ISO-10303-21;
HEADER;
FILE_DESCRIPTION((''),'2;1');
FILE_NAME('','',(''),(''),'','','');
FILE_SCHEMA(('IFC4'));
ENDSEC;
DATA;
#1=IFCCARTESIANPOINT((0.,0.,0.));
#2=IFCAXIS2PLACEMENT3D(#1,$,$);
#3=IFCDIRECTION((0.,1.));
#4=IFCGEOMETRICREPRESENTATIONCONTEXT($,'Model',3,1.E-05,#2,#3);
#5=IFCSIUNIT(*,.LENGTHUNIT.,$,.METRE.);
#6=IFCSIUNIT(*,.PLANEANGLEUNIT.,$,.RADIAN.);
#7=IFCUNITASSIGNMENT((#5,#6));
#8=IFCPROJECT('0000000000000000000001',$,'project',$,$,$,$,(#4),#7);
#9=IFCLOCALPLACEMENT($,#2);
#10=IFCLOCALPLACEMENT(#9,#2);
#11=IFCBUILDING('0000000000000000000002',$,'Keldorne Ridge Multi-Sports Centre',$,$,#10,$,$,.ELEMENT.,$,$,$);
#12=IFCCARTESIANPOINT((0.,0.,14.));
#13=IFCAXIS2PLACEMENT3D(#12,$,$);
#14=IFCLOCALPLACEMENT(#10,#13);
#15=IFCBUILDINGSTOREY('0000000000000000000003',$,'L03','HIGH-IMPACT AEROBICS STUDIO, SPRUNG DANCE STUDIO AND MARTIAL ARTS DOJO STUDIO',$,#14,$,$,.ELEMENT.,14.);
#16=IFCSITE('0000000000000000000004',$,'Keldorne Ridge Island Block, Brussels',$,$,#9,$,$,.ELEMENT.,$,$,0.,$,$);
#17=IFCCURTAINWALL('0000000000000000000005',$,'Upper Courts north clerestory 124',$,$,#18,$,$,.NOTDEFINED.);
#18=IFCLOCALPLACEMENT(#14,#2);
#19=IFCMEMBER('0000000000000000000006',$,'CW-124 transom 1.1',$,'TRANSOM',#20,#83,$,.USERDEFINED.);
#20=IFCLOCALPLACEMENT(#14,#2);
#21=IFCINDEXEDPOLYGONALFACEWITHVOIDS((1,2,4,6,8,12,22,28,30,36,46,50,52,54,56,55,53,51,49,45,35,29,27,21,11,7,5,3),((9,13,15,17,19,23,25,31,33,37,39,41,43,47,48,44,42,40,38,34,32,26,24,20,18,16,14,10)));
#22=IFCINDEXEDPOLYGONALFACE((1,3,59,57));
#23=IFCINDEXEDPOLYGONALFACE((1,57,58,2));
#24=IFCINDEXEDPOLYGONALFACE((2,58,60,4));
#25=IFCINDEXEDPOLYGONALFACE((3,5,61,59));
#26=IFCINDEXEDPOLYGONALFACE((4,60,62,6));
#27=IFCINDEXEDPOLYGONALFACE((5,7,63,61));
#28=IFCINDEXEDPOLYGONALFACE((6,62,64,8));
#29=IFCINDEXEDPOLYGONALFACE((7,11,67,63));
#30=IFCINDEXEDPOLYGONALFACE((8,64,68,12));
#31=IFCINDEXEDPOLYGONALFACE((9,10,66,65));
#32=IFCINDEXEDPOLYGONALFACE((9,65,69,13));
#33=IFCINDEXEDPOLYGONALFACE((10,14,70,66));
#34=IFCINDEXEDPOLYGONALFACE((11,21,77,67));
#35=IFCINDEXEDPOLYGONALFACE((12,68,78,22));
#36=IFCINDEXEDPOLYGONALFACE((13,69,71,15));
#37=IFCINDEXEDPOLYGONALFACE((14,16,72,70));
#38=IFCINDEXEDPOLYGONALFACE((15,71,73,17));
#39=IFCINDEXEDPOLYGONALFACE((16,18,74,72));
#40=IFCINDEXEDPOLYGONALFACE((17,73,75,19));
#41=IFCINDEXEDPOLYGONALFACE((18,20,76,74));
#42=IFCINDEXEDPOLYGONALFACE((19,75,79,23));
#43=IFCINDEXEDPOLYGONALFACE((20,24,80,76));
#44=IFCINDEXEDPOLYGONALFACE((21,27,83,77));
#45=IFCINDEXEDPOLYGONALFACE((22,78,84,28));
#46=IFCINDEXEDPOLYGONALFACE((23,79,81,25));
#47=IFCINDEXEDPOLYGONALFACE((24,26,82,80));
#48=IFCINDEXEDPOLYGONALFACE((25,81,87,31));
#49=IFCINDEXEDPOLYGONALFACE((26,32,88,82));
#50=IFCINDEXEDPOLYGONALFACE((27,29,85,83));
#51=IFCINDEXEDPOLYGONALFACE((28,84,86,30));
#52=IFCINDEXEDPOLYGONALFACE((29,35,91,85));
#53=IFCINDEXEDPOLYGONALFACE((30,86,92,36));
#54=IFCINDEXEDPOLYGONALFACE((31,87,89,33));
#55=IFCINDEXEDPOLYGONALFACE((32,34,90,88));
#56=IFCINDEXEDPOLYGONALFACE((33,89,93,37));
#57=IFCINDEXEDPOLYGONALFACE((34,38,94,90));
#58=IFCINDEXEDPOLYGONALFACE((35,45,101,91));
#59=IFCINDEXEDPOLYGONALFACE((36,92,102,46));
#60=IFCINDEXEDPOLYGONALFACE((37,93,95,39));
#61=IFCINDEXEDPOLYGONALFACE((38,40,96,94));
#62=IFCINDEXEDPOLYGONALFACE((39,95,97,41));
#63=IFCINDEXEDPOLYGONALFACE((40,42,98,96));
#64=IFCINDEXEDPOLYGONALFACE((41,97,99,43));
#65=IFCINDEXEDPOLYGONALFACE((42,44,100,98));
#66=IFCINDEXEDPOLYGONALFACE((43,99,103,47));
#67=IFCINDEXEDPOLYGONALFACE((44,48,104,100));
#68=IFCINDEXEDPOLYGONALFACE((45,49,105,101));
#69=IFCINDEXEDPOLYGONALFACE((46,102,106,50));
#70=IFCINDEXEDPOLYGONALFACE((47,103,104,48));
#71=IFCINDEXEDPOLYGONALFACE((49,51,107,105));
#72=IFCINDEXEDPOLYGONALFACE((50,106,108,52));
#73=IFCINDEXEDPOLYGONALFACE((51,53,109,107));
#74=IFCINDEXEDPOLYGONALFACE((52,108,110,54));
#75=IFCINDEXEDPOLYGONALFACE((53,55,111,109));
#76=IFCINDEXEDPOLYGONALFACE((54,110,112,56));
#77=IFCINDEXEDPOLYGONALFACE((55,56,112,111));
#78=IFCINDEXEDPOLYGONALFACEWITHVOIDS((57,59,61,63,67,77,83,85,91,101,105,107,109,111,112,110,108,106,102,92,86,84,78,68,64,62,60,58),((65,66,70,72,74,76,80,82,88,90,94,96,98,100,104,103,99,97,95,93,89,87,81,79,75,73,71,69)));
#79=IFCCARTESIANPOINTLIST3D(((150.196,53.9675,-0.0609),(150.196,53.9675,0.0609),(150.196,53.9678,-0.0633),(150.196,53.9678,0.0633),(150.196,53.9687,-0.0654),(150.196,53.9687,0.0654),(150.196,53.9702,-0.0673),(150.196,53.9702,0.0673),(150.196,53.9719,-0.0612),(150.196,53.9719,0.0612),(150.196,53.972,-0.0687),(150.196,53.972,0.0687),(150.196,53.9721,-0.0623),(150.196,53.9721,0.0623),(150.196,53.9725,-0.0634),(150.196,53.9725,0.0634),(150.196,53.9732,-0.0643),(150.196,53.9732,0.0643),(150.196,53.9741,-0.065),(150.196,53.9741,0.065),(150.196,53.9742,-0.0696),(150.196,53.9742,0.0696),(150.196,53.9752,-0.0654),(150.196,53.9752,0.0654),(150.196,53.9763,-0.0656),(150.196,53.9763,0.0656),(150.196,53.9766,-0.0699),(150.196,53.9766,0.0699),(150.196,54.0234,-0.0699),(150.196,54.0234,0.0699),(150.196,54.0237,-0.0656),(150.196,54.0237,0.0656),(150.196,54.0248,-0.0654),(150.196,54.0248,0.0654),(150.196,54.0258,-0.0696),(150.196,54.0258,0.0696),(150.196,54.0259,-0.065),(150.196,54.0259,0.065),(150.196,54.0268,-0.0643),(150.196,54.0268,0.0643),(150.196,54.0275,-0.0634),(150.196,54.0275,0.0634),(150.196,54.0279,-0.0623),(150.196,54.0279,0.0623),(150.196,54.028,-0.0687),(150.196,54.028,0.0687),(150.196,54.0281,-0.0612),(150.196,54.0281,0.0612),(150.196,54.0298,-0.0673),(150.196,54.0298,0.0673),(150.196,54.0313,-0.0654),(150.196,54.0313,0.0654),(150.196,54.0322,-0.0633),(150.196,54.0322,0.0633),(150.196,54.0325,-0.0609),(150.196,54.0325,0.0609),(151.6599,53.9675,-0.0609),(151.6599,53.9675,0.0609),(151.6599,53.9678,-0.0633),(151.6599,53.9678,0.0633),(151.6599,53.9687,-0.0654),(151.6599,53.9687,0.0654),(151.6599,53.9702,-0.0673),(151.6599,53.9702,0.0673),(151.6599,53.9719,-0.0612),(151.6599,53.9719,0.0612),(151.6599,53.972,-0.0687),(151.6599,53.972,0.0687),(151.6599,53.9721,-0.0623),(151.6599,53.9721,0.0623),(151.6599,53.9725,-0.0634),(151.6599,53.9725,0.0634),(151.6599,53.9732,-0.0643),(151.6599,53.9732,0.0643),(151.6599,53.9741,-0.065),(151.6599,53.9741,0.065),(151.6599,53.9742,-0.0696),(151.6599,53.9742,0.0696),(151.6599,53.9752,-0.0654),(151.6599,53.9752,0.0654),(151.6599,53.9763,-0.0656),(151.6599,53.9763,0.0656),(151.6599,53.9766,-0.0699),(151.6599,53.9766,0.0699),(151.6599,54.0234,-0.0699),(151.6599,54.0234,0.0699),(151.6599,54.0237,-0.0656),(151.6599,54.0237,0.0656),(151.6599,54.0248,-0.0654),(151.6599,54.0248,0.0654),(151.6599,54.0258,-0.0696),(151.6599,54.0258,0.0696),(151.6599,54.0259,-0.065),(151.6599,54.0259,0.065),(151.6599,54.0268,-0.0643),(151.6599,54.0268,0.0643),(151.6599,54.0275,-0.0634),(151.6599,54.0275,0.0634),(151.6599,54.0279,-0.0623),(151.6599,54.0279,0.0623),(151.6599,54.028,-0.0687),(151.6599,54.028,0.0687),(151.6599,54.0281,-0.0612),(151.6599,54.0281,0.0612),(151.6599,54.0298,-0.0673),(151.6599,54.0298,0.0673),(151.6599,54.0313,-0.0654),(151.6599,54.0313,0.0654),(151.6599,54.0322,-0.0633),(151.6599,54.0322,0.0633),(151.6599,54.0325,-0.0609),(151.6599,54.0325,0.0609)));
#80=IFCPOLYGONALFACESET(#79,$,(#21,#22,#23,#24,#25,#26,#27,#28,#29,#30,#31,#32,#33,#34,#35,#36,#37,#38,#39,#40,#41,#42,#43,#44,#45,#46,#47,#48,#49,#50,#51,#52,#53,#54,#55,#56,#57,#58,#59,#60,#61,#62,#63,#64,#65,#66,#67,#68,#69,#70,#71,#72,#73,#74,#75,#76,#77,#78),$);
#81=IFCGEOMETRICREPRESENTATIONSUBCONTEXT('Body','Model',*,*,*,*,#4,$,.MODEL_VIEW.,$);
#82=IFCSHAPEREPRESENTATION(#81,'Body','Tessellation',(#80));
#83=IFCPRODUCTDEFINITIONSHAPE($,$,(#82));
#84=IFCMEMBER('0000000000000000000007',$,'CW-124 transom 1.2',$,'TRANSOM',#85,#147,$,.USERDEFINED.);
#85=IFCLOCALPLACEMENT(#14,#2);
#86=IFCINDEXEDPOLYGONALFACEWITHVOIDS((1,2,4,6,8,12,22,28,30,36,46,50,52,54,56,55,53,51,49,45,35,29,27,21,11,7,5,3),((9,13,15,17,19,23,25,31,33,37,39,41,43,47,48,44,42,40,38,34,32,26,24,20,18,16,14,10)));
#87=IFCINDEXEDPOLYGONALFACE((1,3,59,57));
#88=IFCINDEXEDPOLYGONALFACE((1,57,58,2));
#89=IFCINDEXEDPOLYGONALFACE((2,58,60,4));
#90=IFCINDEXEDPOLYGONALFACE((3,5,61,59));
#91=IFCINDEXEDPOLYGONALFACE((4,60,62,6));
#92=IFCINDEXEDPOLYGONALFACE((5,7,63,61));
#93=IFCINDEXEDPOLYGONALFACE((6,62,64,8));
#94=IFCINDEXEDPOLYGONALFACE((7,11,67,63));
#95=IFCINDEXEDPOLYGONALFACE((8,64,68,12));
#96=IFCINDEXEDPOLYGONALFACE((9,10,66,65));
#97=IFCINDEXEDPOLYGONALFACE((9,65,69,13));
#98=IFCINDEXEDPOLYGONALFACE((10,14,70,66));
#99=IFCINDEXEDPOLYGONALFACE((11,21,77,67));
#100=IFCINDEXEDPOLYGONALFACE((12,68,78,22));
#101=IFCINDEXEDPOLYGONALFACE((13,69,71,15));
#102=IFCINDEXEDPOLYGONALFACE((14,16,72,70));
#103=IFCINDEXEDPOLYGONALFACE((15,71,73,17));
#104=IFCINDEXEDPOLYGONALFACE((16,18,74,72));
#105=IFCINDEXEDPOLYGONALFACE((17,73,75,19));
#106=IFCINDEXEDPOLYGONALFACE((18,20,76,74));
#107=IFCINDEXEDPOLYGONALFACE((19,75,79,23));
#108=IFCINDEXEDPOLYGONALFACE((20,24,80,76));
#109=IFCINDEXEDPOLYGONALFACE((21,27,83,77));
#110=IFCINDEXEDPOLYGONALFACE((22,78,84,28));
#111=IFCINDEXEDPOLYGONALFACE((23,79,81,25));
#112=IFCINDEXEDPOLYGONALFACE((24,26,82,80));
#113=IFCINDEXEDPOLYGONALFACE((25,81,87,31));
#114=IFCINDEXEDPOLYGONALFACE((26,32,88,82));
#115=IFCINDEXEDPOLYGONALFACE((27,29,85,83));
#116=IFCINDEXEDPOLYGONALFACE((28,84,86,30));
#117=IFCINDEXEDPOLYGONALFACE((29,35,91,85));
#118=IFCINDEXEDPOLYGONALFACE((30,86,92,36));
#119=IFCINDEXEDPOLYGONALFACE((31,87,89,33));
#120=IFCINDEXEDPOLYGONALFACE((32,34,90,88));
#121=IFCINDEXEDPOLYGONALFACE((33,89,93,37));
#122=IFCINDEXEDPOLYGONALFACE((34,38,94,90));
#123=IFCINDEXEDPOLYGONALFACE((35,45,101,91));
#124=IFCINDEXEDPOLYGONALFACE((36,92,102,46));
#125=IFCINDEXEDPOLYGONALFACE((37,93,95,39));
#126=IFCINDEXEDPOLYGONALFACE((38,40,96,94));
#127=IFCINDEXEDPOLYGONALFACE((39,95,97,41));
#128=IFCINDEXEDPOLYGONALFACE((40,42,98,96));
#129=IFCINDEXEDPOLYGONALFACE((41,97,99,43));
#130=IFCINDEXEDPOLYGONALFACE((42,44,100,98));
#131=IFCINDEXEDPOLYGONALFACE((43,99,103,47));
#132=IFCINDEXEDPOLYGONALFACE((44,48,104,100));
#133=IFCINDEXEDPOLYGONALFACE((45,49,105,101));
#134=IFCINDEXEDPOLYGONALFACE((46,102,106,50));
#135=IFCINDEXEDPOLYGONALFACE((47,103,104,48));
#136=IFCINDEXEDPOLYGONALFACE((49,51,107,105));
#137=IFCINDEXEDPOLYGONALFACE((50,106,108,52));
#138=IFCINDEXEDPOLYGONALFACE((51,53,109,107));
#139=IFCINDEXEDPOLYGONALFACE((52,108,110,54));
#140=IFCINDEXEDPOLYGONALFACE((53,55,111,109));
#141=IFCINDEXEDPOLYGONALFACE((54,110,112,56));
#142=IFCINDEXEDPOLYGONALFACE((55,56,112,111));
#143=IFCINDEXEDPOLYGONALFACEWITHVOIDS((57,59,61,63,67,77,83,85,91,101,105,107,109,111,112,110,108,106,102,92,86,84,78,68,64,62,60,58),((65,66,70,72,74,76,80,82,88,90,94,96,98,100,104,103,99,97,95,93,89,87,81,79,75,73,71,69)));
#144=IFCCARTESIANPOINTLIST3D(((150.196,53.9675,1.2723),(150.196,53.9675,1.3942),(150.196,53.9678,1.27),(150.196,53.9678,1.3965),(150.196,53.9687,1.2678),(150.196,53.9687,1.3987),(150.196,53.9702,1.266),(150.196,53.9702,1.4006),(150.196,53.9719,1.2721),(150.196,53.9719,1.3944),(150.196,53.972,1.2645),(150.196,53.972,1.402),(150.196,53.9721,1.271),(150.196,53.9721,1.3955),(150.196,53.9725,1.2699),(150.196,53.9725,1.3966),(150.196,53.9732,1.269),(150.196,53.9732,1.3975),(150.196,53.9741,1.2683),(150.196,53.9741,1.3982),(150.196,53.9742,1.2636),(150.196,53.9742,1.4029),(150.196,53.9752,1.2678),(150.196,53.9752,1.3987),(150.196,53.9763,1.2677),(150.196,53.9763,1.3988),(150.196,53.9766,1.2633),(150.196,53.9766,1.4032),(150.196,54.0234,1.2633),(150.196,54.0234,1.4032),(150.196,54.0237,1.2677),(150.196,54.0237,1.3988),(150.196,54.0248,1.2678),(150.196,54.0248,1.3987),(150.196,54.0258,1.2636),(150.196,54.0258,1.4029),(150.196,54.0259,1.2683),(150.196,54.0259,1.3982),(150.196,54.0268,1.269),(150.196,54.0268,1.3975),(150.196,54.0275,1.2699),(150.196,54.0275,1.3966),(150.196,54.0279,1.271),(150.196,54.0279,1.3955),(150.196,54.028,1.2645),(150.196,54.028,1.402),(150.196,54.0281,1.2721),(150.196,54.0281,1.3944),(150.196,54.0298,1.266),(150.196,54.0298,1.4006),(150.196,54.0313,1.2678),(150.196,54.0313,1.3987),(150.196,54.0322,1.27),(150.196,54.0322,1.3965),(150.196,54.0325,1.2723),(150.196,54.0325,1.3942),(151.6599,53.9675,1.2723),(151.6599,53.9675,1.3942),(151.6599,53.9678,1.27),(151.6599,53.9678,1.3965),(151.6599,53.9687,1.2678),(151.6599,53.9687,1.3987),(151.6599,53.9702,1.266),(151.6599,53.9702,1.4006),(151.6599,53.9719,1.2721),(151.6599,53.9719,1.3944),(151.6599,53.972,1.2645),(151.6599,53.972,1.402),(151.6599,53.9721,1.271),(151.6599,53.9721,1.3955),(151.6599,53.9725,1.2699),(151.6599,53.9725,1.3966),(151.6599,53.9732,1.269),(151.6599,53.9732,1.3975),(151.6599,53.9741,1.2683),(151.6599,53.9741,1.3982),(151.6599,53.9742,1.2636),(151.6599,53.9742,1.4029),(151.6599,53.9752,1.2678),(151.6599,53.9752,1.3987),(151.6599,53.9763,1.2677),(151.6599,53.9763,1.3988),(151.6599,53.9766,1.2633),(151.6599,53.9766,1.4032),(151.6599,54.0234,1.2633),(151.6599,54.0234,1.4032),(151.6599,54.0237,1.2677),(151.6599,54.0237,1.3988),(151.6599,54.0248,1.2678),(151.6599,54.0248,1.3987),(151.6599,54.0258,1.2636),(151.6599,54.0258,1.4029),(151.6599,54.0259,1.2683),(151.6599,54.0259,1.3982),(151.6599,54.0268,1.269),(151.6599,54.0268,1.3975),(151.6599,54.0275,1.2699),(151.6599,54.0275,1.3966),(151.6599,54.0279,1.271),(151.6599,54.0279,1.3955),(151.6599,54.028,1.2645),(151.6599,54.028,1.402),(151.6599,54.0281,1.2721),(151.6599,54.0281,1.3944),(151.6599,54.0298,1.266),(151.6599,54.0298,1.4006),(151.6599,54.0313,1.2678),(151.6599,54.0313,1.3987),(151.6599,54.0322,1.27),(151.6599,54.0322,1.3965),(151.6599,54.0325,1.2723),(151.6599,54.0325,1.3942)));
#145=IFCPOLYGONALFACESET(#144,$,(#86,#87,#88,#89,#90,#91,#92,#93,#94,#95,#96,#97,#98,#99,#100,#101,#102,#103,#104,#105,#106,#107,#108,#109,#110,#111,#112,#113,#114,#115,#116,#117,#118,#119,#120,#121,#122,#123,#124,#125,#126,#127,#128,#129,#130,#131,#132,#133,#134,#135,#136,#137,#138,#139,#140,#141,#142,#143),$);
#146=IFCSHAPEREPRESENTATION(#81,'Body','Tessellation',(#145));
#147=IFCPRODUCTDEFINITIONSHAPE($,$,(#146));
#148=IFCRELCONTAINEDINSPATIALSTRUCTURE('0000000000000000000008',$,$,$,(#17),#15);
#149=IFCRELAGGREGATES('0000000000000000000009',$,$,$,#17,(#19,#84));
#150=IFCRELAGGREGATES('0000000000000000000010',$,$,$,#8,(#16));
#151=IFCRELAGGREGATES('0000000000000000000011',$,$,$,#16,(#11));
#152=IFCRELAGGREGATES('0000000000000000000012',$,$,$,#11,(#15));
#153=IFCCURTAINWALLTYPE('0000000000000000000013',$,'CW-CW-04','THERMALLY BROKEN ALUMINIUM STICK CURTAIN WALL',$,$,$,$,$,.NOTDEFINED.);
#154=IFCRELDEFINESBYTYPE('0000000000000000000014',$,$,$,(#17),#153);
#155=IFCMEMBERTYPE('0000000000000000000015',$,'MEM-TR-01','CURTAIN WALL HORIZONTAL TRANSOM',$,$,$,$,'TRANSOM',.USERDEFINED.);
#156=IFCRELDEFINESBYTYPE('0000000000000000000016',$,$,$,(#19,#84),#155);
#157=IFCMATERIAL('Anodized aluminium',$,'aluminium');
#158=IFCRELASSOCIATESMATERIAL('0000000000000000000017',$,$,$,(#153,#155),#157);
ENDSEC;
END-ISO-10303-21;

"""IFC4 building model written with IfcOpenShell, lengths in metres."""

from ifc_helpers import new_model, si_unit, direction, frame, origin, origin_2d, place, context, subcontext, project, spatial, hollow_rectangle, extrude, material, material_profile, profile_set, type_object, element, aggregate, save


model = new_model("IFC4")

# Units and contexts
model_context = context("Model", 3, precision=1e-05, world=origin(), true_north=direction((0.0, 1.0)))
body_context = subcontext(model_context, "Body", "Model", "MODEL_VIEW")
ifc_project = project(units=[si_unit("LENGTHUNIT", "METRE"), si_unit("PLANEANGLEUNIT", "RADIAN")], contexts=[model_context])

# Site, building, storey
site_placement = place(None, origin())
site = spatial("IfcSite", under=ifc_project, at=site_placement, Name="Keldorne Ridge Island Block, Brussels", CompositionType="ELEMENT", RefElevation=0.0)
building_placement = place(site_placement, origin())
building = spatial("IfcBuilding", under=site, at=building_placement, Name="Keldorne Ridge Multi-Sports Centre", CompositionType="ELEMENT")
storey_placement = place(building_placement, frame((0.0, 0.0, 14.0)))
storey = spatial("IfcBuildingStorey", under=building, at=storey_placement, Name="L03", Description="HIGH-IMPACT AEROBICS STUDIO, SPRUNG DANCE STUDIO AND MARTIAL ARTS DOJO STUDIO", CompositionType="ELEMENT", Elevation=14.0)

# Curtain wall
ifc_material_1 = material(Name="Anodized aluminium", Category="aluminium")
curtain_wall_type = type_object("IfcCurtainWallType", Name="CW-CW-04", Description="THERMALLY BROKEN ALUMINIUM STICK CURTAIN WALL", PredefinedType="NOTDEFINED", material=ifc_material_1)
curtain_wall_placement = place(storey_placement, origin())
curtain_wall = element("IfcCurtainWall", 1, at=curtain_wall_placement, inside=storey, type_object=curtain_wall_type, Name="Upper Courts north clerestory 124", PredefinedType="NOTDEFINED")

# Members
ifc_material_profile_1 = material_profile(ifc_material_1, hollow_rectangle(XDim=0.0649, YDim=0.1399, WallThickness=0.0044, InnerFilletRadius=0.0044, OuterFilletRadius=0.009, at=origin_2d()), Name="ALU TRANSOM 140x65x4.5")
ifc_profile_set_1 = profile_set([ifc_material_profile_1], Name="Anodized aluminium")
member_type_1 = type_object("IfcMemberType", Name="MEM-TR-01", Description="CURTAIN WALL HORIZONTAL TRANSOM", ElementType="TRANSOM", PredefinedType="USERDEFINED", material=ifc_profile_set_1)
member_1_placement = place(storey_placement, frame((151.6599, 54.0, 0.0), z_axis=(-1.0, 0.0, 0.0), x_axis=(0.0, -1.0, 0.0)))
member_1 = element("IfcMember", 2, at=member_1_placement, type_object=member_type_1, Name="CW-124 transom 1.1", ObjectType="TRANSOM", PredefinedType="USERDEFINED", context=body_context, shape_type="SweptSolid", body=[
    extrude(hollow_rectangle(XDim=0.0649, YDim=0.1399, WallThickness=0.0044, InnerFilletRadius=0.0044, OuterFilletRadius=0.009, at=origin_2d()), origin(), (0.0, 0.0, 1.0), 1.4639),
])
member_2_placement = place(storey_placement, frame((151.6599, 54.0, 1.3333), z_axis=(-1.0, 0.0, 0.0), x_axis=(0.0, -1.0, 0.0)))
member_2 = element("IfcMember", 3, at=member_2_placement, type_object=member_type_1, Name="CW-124 transom 1.2", ObjectType="TRANSOM", PredefinedType="USERDEFINED", context=body_context, shape_type="SweptSolid", body=[
    extrude(hollow_rectangle(XDim=0.0649, YDim=0.1399, WallThickness=0.0044, InnerFilletRadius=0.0044, OuterFilletRadius=0.009, at=origin_2d()), origin(), (0.0, 0.0, 1.0), 1.4639),
])

aggregate(curtain_wall, [member_1, member_2])

save(model, "model.ifc")
